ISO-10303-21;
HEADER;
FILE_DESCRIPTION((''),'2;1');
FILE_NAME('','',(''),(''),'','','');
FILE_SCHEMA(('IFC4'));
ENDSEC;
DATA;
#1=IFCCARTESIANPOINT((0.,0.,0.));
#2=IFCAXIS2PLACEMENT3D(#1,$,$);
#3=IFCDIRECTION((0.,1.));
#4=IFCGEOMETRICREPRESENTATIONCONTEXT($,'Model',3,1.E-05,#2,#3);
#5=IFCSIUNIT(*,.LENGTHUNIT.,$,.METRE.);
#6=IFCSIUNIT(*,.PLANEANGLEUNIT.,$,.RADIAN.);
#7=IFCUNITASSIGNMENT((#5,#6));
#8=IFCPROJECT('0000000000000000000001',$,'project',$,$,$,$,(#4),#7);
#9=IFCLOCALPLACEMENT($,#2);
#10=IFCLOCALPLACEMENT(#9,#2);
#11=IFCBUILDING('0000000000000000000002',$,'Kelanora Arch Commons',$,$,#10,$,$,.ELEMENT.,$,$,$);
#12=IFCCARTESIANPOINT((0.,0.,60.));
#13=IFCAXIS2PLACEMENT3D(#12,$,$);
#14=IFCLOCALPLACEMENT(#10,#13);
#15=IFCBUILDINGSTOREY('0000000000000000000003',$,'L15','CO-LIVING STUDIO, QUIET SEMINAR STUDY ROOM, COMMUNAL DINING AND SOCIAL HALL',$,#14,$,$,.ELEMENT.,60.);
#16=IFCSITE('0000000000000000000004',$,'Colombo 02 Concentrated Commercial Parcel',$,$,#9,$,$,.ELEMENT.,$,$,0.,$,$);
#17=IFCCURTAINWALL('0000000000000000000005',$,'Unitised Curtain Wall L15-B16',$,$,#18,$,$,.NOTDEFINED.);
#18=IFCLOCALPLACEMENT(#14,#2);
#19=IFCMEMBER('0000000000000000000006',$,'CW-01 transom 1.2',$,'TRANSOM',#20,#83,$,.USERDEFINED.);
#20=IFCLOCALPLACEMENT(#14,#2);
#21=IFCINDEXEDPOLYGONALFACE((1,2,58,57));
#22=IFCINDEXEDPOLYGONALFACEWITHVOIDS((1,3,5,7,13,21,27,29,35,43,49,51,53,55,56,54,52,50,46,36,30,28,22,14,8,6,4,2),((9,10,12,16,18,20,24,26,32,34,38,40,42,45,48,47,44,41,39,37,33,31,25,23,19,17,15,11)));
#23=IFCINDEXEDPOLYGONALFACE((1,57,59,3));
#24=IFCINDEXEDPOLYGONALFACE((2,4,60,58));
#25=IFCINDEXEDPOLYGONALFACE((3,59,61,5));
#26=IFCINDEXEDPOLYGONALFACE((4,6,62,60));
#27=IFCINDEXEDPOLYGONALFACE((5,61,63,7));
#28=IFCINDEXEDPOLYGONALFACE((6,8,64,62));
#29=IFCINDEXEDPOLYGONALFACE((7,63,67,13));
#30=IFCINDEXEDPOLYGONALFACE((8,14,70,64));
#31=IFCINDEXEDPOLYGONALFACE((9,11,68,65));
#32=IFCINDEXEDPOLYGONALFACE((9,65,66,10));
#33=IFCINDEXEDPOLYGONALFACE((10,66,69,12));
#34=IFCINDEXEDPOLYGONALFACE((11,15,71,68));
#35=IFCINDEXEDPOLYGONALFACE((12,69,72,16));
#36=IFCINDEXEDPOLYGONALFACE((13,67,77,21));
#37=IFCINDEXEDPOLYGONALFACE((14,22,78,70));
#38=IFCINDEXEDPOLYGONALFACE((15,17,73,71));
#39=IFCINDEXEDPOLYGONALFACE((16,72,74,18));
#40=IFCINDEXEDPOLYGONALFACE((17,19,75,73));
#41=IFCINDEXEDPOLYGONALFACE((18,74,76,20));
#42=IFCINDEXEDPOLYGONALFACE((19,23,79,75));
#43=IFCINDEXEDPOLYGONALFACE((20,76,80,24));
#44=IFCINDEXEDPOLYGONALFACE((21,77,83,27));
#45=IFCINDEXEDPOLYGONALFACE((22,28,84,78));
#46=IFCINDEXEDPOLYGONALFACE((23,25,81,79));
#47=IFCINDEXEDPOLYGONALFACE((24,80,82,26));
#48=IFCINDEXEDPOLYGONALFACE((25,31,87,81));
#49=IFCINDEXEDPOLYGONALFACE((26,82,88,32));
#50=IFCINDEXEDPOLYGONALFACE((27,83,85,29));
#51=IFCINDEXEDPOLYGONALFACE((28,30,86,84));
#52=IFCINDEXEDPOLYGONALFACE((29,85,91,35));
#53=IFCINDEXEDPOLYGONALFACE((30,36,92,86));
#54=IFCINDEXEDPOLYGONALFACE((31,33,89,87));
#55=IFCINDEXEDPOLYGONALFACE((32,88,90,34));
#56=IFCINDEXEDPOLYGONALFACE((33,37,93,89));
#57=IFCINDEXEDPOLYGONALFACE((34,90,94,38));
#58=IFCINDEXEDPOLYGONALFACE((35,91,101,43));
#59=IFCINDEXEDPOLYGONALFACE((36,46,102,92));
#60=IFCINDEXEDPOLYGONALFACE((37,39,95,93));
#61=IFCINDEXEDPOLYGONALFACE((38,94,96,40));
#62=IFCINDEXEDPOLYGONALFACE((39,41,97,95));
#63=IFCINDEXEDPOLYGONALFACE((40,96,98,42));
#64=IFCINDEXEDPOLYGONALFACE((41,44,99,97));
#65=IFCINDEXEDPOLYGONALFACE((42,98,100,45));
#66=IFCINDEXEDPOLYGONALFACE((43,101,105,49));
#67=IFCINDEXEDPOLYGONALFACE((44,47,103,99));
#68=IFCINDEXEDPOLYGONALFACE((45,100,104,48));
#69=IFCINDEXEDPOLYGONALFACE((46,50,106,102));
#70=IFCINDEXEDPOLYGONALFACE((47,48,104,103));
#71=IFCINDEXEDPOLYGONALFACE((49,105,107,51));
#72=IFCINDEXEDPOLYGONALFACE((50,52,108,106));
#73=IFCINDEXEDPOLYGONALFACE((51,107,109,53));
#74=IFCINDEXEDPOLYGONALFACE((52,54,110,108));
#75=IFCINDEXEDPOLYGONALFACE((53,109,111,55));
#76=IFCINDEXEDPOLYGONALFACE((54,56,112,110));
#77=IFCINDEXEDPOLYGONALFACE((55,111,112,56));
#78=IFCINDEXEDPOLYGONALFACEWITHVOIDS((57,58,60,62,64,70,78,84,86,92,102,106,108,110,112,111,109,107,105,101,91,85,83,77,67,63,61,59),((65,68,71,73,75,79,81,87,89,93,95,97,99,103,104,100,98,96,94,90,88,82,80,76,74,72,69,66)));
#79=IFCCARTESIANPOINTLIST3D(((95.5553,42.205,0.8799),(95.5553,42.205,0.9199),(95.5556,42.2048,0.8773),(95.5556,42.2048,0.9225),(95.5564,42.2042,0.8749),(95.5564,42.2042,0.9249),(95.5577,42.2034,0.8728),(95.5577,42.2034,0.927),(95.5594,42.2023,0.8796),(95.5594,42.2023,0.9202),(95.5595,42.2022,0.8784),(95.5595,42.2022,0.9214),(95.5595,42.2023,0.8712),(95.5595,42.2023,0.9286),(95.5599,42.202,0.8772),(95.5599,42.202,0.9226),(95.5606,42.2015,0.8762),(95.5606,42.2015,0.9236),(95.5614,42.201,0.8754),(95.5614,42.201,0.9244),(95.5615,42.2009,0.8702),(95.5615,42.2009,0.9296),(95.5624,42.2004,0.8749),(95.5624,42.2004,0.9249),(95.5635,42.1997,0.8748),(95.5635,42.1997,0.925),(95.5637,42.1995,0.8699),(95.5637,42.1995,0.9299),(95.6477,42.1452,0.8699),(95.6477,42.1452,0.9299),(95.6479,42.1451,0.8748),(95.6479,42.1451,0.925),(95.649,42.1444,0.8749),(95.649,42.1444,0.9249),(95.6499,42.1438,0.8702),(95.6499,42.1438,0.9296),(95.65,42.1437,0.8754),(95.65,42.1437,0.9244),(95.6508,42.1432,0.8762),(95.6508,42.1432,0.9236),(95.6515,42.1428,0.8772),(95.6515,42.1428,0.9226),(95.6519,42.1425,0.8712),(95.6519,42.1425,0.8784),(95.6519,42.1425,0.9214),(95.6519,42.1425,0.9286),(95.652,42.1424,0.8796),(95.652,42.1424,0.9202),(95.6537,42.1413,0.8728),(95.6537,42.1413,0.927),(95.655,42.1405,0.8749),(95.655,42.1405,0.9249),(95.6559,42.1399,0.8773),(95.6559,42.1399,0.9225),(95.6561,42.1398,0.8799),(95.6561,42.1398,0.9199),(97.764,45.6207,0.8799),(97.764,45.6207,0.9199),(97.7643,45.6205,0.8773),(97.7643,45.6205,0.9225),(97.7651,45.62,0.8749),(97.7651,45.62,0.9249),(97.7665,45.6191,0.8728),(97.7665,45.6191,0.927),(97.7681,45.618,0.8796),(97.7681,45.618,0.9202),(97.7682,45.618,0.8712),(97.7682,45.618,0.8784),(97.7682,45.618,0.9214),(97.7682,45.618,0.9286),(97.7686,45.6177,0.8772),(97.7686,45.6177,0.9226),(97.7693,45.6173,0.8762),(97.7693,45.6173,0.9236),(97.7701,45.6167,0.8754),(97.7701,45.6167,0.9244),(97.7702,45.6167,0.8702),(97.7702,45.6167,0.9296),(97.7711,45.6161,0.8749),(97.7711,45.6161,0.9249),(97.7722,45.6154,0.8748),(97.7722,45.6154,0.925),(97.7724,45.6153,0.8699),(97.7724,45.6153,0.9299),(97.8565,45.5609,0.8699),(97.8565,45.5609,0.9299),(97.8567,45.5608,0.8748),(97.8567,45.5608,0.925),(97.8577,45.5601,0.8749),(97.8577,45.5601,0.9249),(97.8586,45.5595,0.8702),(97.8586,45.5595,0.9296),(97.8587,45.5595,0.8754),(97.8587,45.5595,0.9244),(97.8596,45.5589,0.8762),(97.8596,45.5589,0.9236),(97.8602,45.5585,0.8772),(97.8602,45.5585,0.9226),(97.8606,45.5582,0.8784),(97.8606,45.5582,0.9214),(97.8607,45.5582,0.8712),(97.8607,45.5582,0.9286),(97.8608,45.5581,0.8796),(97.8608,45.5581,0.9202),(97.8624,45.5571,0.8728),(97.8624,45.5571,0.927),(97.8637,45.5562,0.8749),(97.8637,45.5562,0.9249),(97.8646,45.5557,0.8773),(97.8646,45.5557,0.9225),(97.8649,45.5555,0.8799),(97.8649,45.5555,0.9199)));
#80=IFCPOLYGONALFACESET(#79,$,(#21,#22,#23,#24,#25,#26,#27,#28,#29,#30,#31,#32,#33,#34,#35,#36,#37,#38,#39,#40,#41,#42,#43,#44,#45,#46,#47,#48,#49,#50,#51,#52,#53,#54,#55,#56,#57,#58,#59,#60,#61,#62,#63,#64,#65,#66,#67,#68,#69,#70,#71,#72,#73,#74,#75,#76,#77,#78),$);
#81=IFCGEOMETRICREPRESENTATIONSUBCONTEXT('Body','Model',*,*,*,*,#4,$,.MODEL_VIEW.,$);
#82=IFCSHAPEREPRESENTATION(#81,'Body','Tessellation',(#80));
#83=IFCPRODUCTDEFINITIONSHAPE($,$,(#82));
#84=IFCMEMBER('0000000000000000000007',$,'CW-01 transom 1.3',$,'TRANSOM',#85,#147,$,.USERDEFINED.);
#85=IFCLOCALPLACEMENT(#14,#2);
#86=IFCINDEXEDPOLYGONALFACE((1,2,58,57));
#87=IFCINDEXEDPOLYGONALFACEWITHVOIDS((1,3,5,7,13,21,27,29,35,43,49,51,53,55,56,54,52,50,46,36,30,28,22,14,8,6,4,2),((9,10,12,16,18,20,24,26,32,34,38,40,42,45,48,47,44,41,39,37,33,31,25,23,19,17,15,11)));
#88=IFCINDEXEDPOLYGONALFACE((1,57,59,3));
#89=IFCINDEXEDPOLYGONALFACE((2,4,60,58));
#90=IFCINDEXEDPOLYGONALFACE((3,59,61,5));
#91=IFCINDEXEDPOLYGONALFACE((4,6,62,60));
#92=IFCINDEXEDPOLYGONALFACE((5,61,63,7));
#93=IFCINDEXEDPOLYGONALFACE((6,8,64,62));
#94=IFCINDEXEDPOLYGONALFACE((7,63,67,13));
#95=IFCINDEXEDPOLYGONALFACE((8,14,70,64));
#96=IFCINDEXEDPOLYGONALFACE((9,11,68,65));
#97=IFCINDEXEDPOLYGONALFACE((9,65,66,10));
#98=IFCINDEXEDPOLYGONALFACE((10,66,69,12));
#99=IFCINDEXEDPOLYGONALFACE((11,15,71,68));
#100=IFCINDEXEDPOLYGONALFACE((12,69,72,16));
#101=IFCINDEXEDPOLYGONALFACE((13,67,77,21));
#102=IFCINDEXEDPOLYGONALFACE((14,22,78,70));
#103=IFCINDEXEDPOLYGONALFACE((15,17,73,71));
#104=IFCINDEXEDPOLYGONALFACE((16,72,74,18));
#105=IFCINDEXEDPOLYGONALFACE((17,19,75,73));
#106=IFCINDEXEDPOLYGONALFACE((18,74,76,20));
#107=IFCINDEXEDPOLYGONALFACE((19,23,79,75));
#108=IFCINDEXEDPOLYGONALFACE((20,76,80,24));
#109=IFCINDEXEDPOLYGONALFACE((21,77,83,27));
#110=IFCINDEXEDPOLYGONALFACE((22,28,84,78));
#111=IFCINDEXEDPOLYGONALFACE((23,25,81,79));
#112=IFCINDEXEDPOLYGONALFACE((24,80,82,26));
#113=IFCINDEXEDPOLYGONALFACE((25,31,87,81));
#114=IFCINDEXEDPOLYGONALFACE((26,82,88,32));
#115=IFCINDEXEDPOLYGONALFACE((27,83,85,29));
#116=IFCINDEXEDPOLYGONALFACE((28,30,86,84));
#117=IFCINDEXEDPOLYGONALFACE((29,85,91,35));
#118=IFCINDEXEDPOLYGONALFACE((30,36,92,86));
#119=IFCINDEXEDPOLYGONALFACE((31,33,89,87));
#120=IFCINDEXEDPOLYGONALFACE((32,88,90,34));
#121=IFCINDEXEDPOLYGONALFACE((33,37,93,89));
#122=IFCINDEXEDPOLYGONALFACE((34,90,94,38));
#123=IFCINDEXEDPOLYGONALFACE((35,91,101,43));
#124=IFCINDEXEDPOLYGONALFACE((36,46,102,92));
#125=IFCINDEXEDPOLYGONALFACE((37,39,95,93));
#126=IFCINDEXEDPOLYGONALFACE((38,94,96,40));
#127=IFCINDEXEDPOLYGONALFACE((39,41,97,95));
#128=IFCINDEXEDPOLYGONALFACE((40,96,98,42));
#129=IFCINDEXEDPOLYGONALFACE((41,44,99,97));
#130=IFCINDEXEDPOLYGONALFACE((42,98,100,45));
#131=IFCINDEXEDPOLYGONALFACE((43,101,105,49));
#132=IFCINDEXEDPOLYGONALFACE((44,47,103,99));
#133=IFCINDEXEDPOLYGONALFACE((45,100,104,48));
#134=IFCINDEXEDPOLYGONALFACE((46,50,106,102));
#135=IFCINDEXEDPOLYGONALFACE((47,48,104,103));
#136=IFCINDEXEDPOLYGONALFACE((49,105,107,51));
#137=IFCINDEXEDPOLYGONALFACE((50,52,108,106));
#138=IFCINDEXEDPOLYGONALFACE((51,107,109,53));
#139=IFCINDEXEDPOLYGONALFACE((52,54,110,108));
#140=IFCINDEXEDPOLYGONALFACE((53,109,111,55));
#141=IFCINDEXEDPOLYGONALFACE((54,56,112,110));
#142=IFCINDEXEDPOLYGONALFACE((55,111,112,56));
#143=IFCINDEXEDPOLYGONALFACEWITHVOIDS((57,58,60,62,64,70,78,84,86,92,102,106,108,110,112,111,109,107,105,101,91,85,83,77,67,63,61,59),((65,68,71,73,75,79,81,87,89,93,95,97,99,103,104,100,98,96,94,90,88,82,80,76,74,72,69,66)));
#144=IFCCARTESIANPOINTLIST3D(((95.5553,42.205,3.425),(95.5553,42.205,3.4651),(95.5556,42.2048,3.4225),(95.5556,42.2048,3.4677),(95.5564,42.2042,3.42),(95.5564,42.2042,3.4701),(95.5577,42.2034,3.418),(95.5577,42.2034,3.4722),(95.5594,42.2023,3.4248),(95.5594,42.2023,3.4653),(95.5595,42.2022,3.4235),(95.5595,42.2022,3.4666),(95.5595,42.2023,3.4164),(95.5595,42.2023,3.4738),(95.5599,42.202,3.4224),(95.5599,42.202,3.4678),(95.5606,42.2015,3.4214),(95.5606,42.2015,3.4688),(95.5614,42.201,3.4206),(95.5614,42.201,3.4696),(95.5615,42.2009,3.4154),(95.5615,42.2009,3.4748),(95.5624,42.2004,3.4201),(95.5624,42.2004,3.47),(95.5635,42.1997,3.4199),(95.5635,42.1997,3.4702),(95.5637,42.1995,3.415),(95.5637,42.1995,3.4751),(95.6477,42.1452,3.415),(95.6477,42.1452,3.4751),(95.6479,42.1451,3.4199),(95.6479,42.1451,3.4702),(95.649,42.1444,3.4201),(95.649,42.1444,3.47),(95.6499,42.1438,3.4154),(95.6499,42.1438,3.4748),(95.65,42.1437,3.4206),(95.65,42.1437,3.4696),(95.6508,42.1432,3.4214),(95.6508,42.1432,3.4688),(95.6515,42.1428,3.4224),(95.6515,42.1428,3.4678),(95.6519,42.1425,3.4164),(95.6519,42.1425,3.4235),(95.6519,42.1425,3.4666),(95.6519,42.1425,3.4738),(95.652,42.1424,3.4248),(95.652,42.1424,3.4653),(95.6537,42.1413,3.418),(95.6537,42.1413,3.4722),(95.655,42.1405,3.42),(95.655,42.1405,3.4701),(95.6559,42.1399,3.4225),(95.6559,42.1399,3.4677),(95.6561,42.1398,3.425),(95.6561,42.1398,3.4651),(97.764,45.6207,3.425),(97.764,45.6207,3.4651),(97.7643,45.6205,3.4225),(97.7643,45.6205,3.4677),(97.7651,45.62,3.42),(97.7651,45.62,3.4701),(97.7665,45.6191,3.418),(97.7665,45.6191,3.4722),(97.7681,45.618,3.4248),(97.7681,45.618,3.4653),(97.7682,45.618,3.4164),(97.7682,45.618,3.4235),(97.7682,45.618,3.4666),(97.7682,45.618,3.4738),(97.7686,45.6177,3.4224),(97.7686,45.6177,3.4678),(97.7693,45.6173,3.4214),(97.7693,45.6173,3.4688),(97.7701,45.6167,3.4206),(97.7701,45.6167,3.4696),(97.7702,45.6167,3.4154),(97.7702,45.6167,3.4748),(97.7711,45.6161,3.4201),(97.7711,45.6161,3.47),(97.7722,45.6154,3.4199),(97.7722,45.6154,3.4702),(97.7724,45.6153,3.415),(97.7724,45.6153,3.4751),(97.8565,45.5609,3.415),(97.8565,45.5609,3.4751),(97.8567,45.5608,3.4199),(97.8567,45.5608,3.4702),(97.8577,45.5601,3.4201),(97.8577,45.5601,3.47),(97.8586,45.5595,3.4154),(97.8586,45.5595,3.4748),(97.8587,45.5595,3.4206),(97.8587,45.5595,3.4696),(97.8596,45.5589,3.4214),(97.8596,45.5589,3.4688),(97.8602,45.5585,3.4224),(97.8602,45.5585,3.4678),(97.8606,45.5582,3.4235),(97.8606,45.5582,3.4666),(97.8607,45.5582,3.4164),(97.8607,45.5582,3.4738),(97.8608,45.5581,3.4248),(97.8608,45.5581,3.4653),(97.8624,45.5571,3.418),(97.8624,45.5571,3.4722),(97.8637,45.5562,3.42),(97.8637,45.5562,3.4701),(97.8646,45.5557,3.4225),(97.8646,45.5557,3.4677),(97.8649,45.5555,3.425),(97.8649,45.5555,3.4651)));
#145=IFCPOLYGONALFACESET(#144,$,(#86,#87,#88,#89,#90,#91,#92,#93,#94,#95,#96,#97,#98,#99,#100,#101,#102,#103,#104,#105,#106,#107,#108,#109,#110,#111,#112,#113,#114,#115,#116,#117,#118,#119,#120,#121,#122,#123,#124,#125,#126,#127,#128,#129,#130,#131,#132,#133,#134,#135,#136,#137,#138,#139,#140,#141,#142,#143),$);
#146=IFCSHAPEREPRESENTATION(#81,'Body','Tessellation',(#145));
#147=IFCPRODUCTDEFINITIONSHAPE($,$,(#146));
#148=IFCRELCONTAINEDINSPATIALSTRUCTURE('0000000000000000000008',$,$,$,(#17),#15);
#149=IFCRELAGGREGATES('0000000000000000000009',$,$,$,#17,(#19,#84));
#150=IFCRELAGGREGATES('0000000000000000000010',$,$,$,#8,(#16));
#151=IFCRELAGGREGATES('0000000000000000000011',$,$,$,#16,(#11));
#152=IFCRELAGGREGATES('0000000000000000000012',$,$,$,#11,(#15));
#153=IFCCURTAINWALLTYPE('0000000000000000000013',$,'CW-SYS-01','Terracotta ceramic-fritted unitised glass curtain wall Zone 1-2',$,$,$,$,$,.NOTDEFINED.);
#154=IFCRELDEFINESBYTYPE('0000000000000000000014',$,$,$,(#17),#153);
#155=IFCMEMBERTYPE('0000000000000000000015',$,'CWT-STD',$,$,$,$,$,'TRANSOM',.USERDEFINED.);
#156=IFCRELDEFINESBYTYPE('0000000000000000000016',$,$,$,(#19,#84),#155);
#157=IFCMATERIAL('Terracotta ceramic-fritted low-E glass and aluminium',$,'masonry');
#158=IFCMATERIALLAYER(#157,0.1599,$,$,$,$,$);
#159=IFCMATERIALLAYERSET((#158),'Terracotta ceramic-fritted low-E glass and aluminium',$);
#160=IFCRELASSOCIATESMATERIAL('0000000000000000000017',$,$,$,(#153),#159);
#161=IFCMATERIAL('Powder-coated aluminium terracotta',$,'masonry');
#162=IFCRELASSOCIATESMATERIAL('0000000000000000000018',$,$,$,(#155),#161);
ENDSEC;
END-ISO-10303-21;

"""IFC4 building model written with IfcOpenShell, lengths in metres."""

from ifc_helpers import new_model, si_unit, direction, frame, origin, origin_2d, place, context, subcontext, project, spatial, hollow_rectangle, extrude, material, layer, layer_set, material_profile, profile_set, type_object, element, aggregate, save


model = new_model("IFC4")

# Units and contexts
model_context = context("Model", 3, precision=1e-05, world=origin(), true_north=direction((0.0, 1.0)))
body_context = subcontext(model_context, "Body", "Model", "MODEL_VIEW")
ifc_project = project(units=[si_unit("LENGTHUNIT", "METRE"), si_unit("PLANEANGLEUNIT", "RADIAN")], contexts=[model_context])

# Site, building, storey
site_placement = place(None, origin())
site = spatial("IfcSite", under=ifc_project, at=site_placement, Name="Colombo 02 Concentrated Commercial Parcel", CompositionType="ELEMENT", RefElevation=0.0)
building_placement = place(site_placement, origin())
building = spatial("IfcBuilding", under=site, at=building_placement, Name="Kelanora Arch Commons", CompositionType="ELEMENT")
storey_placement = place(building_placement, frame((0.0, 0.0, 60.0)))
storey = spatial("IfcBuildingStorey", under=building, at=storey_placement, Name="L15", Description="CO-LIVING STUDIO, QUIET SEMINAR STUDY ROOM, COMMUNAL DINING AND SOCIAL HALL", CompositionType="ELEMENT", Elevation=60.0)

# Shared definitions
ifc_material_1 = material(Name="Terracotta ceramic-fritted low-E glass and aluminium", Category="masonry")
ifc_layer_1 = layer(ifc_material_1, 0.1599)
ifc_layer_set_1 = layer_set([ifc_layer_1], Name="Terracotta ceramic-fritted low-E glass and aluminium")
curtain_wall_type = type_object("IfcCurtainWallType", Name="CW-SYS-01", Description="Terracotta ceramic-fritted unitised glass curtain wall Zone 1-2", PredefinedType="NOTDEFINED", material=ifc_layer_set_1)
ifc_material_2 = material(Name="Powder-coated aluminium terracotta", Category="masonry")

# Curtain wall, members
curtain_wall_1_placement = place(storey_placement, origin())
curtain_wall_1 = element("IfcCurtainWall", 1, at=curtain_wall_1_placement, inside=storey, type_object=curtain_wall_type, Name="Unitised Curtain Wall L15-B16", PredefinedType="NOTDEFINED")
ifc_material_profile_1 = material_profile(ifc_material_2, hollow_rectangle(XDim=0.1201, YDim=0.0601, WallThickness=0.0049, InnerFilletRadius=0.0049, OuterFilletRadius=0.01, at=origin_2d()), Name="CWT120x60")
ifc_profile_set_1 = profile_set([ifc_material_profile_1], Name="Powder-coated aluminium terracotta")
member_type_1 = type_object("IfcMemberType", Name="CWT-STD", ElementType="TRANSOM", PredefinedType="USERDEFINED", material=ifc_profile_set_1)
member_1_placement = place(storey_placement, frame((95.6057, 42.1724, 0.8999), z_axis=(0.542997, 0.839734, 0.0), x_axis=(-0.839734, 0.542997, 0.0)))
member_1 = element("IfcMember", 2, at=member_1_placement, type_object=member_type_1, Name="CW-01 transom 1.2", ObjectType="TRANSOM", PredefinedType="USERDEFINED", context=body_context, shape_type="SweptSolid", body=[
    extrude(hollow_rectangle(XDim=0.1201, YDim=0.0601, WallThickness=0.0049, InnerFilletRadius=0.0049, OuterFilletRadius=0.01, at=origin_2d()), origin(), (0.0, 0.0, 1.0), 4.0676),
])
member_2_placement = place(storey_placement, frame((95.6057, 42.1724, 3.4451), z_axis=(0.542997, 0.839734, 0.0), x_axis=(-0.839734, 0.542997, 0.0)))
member_2 = element("IfcMember", 3, at=member_2_placement, type_object=member_type_1, Name="CW-01 transom 1.3", ObjectType="TRANSOM", PredefinedType="USERDEFINED", context=body_context, shape_type="SweptSolid", body=[
    extrude(hollow_rectangle(XDim=0.1201, YDim=0.0601, WallThickness=0.0049, InnerFilletRadius=0.0049, OuterFilletRadius=0.01, at=origin_2d()), origin(), (0.0, 0.0, 1.0), 4.0676),
])
aggregate(curtain_wall_1, [member_1, member_2])

save(model, "model.ifc")
